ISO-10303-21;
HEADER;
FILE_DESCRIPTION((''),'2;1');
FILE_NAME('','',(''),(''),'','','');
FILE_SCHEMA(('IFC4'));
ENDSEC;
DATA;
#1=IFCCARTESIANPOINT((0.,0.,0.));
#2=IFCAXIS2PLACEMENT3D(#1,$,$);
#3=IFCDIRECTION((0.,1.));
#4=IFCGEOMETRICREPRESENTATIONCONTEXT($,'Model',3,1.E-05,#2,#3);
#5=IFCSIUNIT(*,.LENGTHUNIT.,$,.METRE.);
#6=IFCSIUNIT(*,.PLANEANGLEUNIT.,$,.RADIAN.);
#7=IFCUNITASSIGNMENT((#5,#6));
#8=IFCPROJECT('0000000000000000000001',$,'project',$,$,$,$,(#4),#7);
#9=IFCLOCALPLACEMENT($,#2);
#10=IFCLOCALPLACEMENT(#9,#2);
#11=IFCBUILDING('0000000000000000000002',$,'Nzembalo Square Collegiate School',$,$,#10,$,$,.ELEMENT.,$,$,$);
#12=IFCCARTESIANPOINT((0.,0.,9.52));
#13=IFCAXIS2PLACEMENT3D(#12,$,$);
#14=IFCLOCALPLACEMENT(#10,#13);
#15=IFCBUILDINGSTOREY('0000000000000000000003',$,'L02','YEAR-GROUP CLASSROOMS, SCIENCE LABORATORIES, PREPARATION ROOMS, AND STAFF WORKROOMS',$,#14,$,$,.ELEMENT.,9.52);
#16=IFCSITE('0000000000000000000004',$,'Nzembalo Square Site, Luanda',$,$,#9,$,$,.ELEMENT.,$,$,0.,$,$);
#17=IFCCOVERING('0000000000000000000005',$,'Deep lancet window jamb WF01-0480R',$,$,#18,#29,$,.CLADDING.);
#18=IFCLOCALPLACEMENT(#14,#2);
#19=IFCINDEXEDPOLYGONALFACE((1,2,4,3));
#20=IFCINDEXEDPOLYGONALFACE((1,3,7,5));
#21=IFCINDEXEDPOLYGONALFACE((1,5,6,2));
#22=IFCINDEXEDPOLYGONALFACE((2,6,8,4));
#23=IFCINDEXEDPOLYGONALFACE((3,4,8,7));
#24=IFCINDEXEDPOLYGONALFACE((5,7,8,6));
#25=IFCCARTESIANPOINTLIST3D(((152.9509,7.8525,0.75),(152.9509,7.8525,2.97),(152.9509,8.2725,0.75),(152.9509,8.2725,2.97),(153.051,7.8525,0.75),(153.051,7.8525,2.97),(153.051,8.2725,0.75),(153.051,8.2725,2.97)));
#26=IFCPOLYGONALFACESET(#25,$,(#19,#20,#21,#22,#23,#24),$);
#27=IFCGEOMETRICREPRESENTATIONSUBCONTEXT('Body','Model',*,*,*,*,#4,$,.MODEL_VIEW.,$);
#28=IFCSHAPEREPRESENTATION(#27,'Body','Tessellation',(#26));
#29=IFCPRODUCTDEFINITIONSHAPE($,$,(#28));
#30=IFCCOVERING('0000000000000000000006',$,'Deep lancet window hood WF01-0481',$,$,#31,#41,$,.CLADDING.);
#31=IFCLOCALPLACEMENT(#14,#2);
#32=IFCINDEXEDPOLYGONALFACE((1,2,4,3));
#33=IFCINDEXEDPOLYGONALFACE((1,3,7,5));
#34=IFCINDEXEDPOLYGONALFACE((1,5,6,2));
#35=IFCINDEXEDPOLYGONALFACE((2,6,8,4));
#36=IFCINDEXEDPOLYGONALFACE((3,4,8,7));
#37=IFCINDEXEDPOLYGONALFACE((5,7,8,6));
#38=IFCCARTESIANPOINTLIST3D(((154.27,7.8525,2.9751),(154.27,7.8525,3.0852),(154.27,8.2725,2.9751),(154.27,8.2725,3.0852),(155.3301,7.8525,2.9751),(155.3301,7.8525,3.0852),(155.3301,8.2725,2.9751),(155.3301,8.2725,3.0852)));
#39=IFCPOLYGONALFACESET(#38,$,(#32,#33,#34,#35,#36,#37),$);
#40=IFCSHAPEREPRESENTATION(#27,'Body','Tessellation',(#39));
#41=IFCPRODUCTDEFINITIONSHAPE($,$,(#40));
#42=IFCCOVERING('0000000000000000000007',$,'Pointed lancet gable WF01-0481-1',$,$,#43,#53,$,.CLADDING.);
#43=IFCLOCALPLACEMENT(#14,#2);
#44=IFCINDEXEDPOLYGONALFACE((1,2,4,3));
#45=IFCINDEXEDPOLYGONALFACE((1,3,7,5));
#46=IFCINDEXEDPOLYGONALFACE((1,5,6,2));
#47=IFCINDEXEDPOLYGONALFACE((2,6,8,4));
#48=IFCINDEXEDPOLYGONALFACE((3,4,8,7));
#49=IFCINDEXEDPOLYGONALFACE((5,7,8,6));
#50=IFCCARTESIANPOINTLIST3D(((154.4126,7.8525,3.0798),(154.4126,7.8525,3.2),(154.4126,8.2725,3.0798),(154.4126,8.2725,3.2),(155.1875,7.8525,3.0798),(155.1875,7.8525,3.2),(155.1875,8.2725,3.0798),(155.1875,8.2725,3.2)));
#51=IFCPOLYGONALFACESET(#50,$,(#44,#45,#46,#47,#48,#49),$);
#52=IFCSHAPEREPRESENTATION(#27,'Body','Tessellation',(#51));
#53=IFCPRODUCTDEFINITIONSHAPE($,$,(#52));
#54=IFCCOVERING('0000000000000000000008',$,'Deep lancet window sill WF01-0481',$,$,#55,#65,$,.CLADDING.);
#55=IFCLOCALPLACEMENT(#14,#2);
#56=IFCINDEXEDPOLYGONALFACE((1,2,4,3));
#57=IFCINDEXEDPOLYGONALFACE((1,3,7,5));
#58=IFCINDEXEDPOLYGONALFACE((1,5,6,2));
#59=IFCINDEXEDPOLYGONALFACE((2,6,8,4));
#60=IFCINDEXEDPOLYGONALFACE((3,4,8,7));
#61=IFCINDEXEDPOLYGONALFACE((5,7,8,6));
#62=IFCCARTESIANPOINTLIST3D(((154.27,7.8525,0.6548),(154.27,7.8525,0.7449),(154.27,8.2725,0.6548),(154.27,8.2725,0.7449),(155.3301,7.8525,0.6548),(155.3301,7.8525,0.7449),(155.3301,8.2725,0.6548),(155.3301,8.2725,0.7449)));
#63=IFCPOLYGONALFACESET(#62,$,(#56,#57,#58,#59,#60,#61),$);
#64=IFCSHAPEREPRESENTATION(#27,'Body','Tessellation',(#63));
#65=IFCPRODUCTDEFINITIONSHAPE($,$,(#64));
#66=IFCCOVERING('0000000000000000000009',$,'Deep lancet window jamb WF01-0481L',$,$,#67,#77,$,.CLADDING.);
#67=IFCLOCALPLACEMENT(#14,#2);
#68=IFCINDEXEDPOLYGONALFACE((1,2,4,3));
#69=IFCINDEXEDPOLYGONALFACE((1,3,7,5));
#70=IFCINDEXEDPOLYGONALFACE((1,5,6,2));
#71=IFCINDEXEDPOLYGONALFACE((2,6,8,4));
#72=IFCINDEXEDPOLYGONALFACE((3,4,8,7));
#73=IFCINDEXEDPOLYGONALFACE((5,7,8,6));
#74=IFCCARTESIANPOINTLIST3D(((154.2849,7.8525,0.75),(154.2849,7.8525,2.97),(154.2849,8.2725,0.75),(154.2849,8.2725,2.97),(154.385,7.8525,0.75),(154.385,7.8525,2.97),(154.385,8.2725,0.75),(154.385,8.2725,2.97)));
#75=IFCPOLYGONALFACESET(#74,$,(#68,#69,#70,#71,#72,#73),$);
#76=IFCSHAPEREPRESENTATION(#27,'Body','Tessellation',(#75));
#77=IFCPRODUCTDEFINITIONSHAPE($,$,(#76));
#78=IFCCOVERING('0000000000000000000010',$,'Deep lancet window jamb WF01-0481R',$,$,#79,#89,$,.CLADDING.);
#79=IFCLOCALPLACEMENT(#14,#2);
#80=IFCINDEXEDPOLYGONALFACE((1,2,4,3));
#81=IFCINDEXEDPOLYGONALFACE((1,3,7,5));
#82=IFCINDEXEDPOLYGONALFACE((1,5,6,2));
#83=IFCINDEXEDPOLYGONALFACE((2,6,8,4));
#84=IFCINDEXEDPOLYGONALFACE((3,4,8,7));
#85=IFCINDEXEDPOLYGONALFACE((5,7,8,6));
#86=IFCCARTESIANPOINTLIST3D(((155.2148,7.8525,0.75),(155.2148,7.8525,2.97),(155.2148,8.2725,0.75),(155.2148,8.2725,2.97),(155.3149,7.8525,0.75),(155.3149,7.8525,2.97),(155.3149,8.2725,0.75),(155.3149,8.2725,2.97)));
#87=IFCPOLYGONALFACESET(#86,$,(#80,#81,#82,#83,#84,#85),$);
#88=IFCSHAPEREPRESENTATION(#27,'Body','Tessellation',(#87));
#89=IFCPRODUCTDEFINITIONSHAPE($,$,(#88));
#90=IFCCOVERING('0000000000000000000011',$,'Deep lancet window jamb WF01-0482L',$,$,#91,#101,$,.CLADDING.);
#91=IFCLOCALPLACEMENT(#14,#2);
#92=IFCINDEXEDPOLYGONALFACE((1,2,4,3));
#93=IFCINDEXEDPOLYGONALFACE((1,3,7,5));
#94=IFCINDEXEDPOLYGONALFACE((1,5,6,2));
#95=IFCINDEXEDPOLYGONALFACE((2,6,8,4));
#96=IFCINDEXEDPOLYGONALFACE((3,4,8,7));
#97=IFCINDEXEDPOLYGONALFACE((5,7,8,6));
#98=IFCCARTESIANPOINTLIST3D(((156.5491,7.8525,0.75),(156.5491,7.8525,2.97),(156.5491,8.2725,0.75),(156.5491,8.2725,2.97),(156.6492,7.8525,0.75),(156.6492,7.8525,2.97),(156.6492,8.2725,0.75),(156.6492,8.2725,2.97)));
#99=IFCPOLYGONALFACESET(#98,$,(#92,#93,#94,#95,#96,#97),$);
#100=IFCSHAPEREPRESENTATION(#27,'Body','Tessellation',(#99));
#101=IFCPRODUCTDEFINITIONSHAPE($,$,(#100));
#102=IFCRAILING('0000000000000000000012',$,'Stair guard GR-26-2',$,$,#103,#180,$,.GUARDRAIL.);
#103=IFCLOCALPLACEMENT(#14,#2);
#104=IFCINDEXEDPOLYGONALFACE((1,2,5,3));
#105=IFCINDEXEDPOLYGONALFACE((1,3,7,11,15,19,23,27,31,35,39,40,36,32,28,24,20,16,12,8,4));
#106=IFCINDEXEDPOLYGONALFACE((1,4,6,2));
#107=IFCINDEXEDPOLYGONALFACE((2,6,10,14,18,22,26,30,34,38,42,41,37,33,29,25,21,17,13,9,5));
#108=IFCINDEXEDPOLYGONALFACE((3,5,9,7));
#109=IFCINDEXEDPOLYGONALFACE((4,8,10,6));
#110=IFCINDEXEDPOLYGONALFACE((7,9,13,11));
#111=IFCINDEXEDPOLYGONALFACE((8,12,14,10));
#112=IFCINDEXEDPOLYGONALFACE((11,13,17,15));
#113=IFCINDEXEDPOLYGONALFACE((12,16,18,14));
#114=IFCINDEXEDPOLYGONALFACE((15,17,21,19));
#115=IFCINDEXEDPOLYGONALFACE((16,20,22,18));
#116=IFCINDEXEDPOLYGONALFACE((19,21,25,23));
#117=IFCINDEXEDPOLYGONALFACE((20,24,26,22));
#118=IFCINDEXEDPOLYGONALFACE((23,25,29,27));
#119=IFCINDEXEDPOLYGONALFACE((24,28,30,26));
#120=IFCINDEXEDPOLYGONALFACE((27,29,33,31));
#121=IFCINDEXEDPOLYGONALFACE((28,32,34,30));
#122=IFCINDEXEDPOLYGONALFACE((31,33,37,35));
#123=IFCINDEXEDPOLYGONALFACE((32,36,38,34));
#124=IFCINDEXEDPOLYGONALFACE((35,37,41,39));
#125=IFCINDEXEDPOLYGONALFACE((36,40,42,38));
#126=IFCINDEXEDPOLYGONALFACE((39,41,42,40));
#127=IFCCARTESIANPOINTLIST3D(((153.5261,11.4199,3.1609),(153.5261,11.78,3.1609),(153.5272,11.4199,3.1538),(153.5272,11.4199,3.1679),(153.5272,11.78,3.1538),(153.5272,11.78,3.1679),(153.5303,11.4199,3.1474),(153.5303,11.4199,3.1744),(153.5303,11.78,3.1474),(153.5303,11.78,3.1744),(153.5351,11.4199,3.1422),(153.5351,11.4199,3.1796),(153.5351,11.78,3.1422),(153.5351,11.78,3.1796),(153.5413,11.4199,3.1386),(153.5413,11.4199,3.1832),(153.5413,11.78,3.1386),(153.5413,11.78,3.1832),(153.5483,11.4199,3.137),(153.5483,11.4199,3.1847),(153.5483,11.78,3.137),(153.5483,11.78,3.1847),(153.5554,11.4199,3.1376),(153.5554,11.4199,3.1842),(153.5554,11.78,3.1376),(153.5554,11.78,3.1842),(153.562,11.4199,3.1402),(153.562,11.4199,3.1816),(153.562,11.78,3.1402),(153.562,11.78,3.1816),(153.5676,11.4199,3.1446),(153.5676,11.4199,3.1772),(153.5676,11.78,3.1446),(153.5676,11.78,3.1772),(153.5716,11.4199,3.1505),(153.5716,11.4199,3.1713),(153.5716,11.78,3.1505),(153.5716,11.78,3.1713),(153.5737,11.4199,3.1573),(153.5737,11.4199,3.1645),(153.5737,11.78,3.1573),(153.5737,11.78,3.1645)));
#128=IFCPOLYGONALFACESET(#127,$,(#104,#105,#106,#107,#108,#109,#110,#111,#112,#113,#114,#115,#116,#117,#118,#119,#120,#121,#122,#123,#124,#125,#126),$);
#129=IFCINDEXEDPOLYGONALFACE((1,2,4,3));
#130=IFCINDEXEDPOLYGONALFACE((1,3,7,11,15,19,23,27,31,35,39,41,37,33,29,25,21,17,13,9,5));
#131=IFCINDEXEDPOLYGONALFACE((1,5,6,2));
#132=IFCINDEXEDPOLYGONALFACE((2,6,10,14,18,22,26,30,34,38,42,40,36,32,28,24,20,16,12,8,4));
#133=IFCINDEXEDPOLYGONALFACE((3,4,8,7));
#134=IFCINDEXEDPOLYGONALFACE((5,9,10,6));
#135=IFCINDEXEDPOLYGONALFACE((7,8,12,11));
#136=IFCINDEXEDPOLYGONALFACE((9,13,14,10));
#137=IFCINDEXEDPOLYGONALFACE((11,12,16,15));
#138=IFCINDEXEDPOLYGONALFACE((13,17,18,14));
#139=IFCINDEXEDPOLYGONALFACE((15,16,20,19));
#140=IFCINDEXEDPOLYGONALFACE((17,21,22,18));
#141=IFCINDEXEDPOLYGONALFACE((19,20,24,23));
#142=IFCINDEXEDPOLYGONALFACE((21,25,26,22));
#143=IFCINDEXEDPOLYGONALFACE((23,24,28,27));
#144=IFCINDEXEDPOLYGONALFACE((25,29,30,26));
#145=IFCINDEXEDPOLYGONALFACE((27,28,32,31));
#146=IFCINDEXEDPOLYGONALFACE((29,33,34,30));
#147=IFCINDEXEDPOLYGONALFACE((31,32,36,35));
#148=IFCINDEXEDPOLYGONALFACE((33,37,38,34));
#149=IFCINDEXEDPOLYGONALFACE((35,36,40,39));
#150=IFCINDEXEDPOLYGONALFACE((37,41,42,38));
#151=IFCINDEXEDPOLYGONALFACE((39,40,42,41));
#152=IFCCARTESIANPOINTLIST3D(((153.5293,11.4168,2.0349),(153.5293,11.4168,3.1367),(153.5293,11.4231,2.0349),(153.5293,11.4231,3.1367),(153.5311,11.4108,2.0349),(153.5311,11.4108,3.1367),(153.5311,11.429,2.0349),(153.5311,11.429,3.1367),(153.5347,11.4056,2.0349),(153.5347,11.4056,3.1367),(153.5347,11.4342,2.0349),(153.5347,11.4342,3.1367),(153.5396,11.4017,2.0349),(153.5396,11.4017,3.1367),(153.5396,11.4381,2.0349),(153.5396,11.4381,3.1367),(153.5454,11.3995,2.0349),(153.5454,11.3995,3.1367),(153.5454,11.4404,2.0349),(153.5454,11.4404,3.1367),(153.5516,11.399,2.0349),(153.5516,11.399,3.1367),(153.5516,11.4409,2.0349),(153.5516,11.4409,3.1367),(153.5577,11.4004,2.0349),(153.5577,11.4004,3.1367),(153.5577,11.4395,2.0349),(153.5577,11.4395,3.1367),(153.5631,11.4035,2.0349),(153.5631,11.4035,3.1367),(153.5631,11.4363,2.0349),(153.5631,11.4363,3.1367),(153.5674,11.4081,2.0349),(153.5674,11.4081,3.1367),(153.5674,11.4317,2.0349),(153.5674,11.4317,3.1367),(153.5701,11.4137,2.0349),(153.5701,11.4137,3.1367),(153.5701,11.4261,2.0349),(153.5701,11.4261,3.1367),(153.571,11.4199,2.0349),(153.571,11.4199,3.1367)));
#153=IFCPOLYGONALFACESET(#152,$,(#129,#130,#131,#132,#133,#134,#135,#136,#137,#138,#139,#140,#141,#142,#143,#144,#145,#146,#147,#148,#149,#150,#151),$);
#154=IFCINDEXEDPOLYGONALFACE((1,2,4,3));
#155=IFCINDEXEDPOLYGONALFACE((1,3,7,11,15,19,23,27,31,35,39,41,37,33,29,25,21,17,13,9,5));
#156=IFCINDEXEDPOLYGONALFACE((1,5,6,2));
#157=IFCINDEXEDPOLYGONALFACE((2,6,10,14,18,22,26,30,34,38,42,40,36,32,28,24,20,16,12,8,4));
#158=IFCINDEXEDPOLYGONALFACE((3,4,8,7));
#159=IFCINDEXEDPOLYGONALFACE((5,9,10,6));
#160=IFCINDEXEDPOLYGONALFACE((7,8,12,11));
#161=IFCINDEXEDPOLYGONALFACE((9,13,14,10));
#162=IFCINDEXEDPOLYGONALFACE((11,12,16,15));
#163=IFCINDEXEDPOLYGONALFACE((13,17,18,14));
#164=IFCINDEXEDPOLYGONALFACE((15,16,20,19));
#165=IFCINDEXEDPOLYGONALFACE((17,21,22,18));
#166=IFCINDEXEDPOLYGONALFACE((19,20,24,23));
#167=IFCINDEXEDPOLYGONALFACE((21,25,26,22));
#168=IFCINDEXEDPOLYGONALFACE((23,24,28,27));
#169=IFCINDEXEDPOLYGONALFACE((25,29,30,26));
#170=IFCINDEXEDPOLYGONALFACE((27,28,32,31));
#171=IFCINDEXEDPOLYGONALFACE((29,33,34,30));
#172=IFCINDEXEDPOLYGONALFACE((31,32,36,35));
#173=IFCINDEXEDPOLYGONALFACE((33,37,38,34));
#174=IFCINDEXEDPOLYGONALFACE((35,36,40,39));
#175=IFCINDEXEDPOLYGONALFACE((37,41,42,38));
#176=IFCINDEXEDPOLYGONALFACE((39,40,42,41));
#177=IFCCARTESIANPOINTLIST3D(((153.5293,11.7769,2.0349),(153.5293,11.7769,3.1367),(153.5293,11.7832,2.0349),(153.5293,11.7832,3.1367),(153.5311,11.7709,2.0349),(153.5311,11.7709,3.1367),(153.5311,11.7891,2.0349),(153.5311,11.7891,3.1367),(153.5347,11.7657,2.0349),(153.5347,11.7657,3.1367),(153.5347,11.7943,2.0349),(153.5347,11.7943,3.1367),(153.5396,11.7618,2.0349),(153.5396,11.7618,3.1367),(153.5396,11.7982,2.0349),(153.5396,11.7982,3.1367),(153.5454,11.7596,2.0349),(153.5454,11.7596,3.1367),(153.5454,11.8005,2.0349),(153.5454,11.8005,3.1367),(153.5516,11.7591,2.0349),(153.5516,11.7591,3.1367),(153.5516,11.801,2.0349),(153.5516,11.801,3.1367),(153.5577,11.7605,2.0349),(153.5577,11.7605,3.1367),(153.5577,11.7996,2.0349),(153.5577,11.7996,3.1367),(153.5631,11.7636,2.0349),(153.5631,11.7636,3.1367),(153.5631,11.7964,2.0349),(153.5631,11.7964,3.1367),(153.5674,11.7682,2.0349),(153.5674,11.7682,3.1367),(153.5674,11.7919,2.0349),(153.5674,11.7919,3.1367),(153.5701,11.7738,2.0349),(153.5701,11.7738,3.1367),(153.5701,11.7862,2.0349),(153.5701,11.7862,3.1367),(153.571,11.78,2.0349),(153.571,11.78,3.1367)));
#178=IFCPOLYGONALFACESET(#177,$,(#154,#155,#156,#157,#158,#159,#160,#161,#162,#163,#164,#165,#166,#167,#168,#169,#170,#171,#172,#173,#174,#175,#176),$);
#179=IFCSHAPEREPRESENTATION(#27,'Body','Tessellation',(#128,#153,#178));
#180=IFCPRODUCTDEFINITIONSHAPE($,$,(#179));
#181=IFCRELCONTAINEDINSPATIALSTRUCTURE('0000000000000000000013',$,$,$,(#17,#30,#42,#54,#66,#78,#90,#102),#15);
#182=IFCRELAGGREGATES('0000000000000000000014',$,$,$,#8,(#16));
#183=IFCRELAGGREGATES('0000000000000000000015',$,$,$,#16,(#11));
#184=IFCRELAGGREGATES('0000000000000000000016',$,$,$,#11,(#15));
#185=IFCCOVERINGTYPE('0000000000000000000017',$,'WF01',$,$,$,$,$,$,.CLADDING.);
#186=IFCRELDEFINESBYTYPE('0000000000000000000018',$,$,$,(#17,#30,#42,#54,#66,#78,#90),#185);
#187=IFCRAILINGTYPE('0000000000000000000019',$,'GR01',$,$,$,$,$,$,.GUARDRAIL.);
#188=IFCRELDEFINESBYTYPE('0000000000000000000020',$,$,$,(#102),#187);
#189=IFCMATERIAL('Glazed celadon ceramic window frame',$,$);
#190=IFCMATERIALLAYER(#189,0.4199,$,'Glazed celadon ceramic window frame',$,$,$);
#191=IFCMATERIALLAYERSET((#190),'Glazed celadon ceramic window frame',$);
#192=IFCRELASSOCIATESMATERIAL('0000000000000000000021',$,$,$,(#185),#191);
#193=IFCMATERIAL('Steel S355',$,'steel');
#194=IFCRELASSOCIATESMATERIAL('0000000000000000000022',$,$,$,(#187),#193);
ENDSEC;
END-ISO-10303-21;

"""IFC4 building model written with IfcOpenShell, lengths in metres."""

from ifc_helpers import new_model, si_unit, direction, frame, origin, origin_2d, place, context, subcontext, project, spatial, rectangle, circle, extrude, material, layer, layer_set, type_object, element, save


model = new_model("IFC4")

# Units and contexts
model_context = context("Model", 3, precision=1e-05, world=origin(), true_north=direction((0.0, 1.0)))
body_context = subcontext(model_context, "Body", "Model", "MODEL_VIEW")
ifc_project = project(units=[si_unit("LENGTHUNIT", "METRE"), si_unit("PLANEANGLEUNIT", "RADIAN")], contexts=[model_context])

# Site, building, storey
site_placement = place(None, origin())
site = spatial("IfcSite", under=ifc_project, at=site_placement, Name="Nzembalo Square Site, Luanda", CompositionType="ELEMENT", RefElevation=0.0)
building_placement = place(site_placement, origin())
building = spatial("IfcBuilding", under=site, at=building_placement, Name="Nzembalo Square Collegiate School", CompositionType="ELEMENT")
storey_placement = place(building_placement, frame((0.0, 0.0, 9.52)))
storey = spatial("IfcBuildingStorey", under=building, at=storey_placement, Name="L02", Description="YEAR-GROUP CLASSROOMS, SCIENCE LABORATORIES, PREPARATION ROOMS, AND STAFF WORKROOMS", CompositionType="ELEMENT", Elevation=9.52)

# Coverings
ifc_material_1 = material(Name="Glazed celadon ceramic window frame")
ifc_layer_1 = layer(ifc_material_1, 0.4199, Name="Glazed celadon ceramic window frame")
ifc_layer_set_1 = layer_set([ifc_layer_1], Name="Glazed celadon ceramic window frame")
covering_type_1 = type_object("IfcCoveringType", Name="WF01", PredefinedType="CLADDING", material=ifc_layer_set_1)
for number, where, z_axis, x_axis, name in (
    (1, (153.001, 8.0625, 0.75), (0.0, 0.0, 1.0), (1.0, 0.0, 0.0), "Deep lancet window jamb WF01-0480R"),
):
    element("IfcCovering", number, at=place(storey_placement, frame(where, z_axis=z_axis, x_axis=x_axis)), inside=storey, type_object=covering_type_1, Name=name, PredefinedType="CLADDING", context=body_context, shape_type="SweptSolid", body=[
        extrude(rectangle(XDim=0.1001, YDim=0.4199, at=origin_2d()), origin(), (0.0, 0.0, 1.0), 2.22),
    ])
covering_1_placement = place(storey_placement, frame((154.8, 8.0625, 2.9751), z_axis=(0.0, 0.0, 1.0), x_axis=(1.0, 0.0, 0.0)))
element("IfcCovering", 2, at=covering_1_placement, inside=storey, type_object=covering_type_1, Name="Deep lancet window hood WF01-0481", PredefinedType="CLADDING", context=body_context, shape_type="SweptSolid", body=[
    extrude(rectangle(XDim=1.0601, YDim=0.4199, at=origin_2d()), origin(), (0.0, 0.0, 1.0), 0.1101),
])
covering_2_placement = place(storey_placement, frame((154.8, 8.0625, 3.0798), z_axis=(0.0, 0.0, 1.0), x_axis=(1.0, 0.0, 0.0)))
element("IfcCovering", 3, at=covering_2_placement, inside=storey, type_object=covering_type_1, Name="Pointed lancet gable WF01-0481-1", PredefinedType="CLADDING", context=body_context, shape_type="SweptSolid", body=[
    extrude(rectangle(XDim=0.7749, YDim=0.4199, at=origin_2d()), origin(), (0.0, 0.0, 1.0), 0.1201),
])
covering_3_placement = place(storey_placement, frame((154.8, 8.0625, 0.6548), z_axis=(0.0, 0.0, 1.0), x_axis=(1.0, 0.0, 0.0)))
element("IfcCovering", 4, at=covering_3_placement, inside=storey, type_object=covering_type_1, Name="Deep lancet window sill WF01-0481", PredefinedType="CLADDING", context=body_context, shape_type="SweptSolid", body=[
    extrude(rectangle(XDim=1.0601, YDim=0.4199, at=origin_2d()), origin(), (0.0, 0.0, 1.0), 0.0901),
])
for number, where, z_axis, x_axis, name in (
    (5, (154.335, 8.0625, 0.75), (0.0, 0.0, 1.0), (1.0, 0.0, 0.0), "Deep lancet window jamb WF01-0481L"),
    (6, (155.2649, 8.0625, 0.75), (0.0, 0.0, 1.0), (1.0, 0.0, 0.0), "Deep lancet window jamb WF01-0481R"),
    (7, (156.5991, 8.0625, 0.75), (0.0, 0.0, 1.0), (1.0, 0.0, 0.0), "Deep lancet window jamb WF01-0482L"),
):
    element("IfcCovering", number, at=place(storey_placement, frame(where, z_axis=z_axis, x_axis=x_axis)), inside=storey, type_object=covering_type_1, Name=name, PredefinedType="CLADDING", context=body_context, shape_type="SweptSolid", body=[
        extrude(rectangle(XDim=0.1001, YDim=0.4199, at=origin_2d()), origin(), (0.0, 0.0, 1.0), 2.22),
    ])

# Railing
ifc_material_2 = material(Name="Steel S355", Category="steel")
railing_type_1 = type_object("IfcRailingType", Name="GR01", PredefinedType="GUARDRAIL", material=ifc_material_2)
railing_1_placement = place(storey_placement, frame((153.55, 11.4199, 2.0349)))
element("IfcRailing", 8, at=railing_1_placement, inside=storey, type_object=railing_type_1, Name="Stair guard GR-26-2", PredefinedType="GUARDRAIL", context=body_context, shape_type="SweptSolid", body=[
    extrude(circle(Radius=0.0239, at=origin_2d()), frame((0.0, 0.0, 1.126), z_axis=(0.0, 1.0, 0.0), x_axis=(-1.0, 0.0, 0.0)), (0.0, 0.0, 1.0), 0.3601),
    extrude(circle(Radius=0.021, at=origin_2d()), origin(), (0.0, 0.0, 1.0), 1.1018),
    extrude(circle(Radius=0.021, at=origin_2d()), frame((0.0, 0.3601, 0.0)), (0.0, 0.0, 1.0), 1.1018),
])

save(model, "model.ifc")
